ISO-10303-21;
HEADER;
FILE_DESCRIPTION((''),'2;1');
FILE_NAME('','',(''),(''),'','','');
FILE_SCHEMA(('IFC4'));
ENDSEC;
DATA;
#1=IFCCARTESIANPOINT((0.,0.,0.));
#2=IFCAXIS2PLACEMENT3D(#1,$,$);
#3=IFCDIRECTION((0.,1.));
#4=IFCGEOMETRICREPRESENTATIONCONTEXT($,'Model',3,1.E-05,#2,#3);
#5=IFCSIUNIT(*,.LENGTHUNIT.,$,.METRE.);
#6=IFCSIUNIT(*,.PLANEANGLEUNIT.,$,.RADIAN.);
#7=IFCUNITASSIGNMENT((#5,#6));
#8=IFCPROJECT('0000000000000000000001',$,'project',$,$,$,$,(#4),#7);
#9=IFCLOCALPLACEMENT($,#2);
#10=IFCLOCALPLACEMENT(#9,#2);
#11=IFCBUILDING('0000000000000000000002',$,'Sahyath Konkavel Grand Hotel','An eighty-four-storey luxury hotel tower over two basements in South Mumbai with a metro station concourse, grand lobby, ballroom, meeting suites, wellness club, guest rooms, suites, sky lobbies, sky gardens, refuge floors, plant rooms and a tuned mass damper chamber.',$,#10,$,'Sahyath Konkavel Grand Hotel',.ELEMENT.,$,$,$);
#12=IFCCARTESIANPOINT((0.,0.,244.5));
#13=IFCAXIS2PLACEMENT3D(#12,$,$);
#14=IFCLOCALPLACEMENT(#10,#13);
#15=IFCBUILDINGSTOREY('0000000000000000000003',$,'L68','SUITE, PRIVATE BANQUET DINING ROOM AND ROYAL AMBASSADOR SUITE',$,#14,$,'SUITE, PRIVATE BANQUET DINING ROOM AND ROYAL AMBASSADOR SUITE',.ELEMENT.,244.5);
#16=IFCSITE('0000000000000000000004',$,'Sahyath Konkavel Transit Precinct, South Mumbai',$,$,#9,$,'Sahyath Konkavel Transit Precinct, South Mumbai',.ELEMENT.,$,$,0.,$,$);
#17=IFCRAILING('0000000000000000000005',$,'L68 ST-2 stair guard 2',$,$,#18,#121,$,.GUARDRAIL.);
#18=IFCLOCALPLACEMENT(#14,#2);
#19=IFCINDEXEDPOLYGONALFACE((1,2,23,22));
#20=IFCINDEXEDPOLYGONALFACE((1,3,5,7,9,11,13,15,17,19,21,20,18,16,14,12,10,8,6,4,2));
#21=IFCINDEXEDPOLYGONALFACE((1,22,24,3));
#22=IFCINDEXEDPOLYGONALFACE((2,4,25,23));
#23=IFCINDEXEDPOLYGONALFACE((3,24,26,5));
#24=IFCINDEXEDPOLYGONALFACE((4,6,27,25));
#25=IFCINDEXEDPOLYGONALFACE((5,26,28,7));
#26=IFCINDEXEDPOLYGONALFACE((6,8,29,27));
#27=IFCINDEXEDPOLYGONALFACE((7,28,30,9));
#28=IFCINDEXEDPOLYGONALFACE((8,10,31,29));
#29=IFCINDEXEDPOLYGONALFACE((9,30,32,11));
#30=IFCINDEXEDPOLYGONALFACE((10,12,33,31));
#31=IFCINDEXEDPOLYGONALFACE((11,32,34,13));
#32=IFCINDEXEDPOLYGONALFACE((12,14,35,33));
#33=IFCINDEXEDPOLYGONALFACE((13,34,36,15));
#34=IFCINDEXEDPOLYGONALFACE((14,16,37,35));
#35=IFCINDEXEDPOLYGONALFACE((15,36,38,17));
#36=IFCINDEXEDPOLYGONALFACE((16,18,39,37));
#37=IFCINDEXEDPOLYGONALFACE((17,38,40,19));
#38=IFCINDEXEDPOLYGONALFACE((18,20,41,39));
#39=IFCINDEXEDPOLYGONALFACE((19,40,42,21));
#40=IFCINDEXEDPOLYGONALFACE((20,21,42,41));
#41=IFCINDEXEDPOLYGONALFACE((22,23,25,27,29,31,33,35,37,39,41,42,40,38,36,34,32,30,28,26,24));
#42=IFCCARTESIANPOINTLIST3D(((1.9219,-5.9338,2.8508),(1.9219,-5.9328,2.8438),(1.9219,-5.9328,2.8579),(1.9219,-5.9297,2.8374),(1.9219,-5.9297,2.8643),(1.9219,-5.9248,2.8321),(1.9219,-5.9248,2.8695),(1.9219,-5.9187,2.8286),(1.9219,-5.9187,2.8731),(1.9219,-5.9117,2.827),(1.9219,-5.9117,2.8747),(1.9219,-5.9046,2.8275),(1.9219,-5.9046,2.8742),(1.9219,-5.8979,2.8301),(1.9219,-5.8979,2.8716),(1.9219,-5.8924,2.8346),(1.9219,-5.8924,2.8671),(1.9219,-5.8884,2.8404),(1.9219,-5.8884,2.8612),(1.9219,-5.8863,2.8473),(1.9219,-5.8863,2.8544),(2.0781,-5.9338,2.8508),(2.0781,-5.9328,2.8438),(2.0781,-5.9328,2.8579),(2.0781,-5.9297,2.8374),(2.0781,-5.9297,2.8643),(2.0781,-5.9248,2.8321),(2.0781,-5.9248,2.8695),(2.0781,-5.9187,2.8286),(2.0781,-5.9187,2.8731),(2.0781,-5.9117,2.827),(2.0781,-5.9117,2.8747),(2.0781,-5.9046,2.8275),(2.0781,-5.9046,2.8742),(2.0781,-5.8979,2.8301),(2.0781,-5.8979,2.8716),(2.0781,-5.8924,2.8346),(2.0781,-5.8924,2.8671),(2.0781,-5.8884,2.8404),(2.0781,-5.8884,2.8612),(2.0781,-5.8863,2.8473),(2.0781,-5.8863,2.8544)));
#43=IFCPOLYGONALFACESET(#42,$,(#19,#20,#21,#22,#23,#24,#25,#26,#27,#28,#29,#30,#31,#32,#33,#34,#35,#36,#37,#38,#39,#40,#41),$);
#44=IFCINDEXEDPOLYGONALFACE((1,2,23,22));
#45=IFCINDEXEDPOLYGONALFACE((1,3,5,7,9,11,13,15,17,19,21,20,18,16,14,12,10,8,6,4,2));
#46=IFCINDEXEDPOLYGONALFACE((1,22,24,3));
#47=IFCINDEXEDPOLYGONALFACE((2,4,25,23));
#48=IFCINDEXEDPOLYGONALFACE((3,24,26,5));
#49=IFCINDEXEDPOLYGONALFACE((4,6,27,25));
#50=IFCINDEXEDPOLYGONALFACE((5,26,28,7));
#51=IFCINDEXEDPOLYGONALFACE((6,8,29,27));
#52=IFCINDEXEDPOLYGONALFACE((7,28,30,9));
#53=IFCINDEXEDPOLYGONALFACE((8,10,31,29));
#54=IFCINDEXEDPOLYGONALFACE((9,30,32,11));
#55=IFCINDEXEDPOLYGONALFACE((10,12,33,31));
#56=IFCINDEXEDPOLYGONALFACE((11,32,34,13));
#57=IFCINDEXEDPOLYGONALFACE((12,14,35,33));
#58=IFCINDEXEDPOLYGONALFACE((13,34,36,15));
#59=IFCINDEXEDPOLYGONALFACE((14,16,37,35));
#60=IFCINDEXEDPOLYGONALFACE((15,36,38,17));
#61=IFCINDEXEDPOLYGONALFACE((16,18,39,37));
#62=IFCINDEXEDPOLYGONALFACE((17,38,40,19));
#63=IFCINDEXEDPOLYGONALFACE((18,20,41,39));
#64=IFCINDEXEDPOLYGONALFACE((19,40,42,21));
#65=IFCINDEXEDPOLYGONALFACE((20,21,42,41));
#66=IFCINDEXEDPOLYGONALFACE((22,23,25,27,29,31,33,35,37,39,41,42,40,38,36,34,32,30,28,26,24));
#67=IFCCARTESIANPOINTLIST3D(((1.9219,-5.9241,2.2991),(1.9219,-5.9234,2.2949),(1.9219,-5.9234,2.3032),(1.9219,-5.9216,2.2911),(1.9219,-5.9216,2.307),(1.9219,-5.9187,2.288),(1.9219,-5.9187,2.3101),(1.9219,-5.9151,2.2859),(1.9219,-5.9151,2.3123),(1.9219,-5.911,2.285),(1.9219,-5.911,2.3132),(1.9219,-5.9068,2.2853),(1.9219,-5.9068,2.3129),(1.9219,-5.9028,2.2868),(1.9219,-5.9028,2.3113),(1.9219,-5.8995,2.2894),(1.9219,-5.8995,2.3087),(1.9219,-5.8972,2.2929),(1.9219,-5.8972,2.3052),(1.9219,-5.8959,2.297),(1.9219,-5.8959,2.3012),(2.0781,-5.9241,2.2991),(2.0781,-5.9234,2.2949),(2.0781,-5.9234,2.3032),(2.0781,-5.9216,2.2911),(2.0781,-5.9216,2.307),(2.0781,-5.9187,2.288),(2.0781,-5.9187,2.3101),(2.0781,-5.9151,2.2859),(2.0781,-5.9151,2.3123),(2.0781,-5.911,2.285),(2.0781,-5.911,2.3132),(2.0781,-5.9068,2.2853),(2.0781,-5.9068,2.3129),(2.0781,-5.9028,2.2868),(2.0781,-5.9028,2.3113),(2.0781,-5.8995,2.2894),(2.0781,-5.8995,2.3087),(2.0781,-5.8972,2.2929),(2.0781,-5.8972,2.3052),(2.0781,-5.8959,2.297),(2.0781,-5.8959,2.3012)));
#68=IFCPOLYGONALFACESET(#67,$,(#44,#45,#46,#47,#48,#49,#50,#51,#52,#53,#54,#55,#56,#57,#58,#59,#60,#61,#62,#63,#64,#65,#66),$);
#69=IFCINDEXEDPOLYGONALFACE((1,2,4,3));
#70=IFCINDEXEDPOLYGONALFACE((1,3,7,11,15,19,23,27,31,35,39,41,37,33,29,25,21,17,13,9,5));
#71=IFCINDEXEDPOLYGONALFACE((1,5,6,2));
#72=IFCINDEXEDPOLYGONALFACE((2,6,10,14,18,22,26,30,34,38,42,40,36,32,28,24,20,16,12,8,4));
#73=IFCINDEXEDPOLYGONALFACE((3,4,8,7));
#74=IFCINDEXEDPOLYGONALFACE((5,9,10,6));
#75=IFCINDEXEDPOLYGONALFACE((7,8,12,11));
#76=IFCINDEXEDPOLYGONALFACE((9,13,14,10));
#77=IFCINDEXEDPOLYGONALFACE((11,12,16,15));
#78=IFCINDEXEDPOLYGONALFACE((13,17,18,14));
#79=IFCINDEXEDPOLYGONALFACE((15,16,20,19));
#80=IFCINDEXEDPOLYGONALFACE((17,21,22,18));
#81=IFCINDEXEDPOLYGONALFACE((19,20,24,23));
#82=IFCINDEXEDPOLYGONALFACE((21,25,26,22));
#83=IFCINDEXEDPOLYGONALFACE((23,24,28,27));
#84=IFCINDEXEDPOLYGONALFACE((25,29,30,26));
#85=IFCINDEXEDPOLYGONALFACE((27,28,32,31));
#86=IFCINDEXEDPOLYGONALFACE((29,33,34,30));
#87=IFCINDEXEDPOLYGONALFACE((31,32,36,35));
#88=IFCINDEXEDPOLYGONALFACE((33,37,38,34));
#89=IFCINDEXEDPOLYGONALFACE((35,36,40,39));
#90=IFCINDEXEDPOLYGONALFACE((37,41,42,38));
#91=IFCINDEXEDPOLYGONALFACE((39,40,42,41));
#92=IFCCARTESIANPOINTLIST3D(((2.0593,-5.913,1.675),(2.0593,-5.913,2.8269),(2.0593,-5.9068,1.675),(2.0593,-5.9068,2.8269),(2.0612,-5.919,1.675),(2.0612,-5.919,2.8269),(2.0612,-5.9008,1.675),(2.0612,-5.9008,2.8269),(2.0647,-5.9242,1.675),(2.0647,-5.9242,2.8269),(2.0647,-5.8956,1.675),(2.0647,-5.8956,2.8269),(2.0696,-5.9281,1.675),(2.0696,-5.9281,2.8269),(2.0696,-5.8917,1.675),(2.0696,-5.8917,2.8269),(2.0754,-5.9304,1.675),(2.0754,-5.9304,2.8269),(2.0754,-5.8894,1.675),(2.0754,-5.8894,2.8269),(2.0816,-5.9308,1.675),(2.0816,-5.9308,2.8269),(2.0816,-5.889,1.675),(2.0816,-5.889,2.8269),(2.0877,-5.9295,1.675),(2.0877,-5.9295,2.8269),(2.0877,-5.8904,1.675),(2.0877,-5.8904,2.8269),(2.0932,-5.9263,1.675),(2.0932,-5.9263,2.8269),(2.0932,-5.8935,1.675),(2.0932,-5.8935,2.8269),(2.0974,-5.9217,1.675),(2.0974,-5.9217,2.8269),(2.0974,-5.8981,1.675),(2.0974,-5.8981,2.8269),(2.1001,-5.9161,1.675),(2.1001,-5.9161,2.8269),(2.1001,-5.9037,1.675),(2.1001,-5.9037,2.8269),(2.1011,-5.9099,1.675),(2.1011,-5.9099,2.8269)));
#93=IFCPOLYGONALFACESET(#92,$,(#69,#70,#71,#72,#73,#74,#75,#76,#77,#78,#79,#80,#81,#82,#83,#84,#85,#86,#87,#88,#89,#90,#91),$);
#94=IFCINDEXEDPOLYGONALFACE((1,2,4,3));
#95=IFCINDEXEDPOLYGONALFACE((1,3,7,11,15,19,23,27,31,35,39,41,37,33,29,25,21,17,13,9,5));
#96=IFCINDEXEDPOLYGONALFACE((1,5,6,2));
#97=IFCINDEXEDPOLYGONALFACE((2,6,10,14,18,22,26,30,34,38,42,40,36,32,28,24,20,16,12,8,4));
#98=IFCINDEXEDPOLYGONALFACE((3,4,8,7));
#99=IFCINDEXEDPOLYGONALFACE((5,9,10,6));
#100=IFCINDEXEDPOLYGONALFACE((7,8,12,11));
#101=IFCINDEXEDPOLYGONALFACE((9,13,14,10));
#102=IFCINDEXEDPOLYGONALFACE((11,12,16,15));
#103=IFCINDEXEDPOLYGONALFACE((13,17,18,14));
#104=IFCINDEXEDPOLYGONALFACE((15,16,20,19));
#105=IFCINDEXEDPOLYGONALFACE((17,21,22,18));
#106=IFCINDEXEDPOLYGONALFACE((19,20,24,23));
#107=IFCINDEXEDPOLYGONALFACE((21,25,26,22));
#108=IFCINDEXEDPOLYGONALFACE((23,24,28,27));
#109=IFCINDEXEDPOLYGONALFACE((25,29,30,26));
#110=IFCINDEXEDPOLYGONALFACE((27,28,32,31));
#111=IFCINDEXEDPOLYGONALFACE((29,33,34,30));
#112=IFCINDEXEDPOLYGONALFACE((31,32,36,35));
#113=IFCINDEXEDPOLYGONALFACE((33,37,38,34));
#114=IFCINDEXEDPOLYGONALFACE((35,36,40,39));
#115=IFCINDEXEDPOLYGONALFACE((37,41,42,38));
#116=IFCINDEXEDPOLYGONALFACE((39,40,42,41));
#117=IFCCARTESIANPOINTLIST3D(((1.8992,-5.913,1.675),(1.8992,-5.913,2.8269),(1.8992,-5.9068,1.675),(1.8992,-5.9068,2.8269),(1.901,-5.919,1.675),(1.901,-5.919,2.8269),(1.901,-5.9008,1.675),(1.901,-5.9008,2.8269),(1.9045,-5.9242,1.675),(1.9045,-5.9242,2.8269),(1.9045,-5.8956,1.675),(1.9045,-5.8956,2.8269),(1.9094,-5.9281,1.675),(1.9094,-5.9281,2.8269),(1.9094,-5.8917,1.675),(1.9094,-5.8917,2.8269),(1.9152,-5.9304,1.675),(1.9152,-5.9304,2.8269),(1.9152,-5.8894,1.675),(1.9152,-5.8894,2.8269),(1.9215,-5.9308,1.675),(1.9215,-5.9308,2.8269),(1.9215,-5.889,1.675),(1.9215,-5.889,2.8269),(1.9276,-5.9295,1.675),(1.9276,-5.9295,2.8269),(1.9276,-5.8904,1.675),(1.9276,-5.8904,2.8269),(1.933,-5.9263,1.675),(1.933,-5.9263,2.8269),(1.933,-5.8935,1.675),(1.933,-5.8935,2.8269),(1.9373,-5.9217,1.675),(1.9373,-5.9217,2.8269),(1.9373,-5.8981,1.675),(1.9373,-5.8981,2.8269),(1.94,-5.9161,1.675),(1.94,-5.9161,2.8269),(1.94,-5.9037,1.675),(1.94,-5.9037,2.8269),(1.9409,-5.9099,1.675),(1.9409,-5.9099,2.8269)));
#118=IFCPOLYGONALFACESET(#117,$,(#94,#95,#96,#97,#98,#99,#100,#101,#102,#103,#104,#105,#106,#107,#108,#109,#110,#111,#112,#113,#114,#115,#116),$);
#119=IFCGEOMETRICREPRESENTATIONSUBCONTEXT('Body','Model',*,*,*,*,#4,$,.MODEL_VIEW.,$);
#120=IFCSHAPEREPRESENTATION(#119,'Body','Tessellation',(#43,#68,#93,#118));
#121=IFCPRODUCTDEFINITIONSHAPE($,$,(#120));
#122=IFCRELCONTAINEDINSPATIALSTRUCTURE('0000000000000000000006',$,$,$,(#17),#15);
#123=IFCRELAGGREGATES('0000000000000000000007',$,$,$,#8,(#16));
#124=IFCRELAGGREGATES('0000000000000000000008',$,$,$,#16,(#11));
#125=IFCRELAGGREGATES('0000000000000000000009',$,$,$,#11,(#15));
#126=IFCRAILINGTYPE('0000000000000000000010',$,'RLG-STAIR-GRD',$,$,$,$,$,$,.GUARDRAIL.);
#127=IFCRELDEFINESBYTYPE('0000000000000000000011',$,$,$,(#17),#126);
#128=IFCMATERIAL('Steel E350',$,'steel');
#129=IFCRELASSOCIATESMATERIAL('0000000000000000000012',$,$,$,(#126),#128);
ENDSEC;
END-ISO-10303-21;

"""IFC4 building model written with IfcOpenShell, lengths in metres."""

from ifc_helpers import new_model, si_unit, direction, frame, origin, origin_2d, place, context, subcontext, project, spatial, circle, extrude, material, type_object, element, save


model = new_model("IFC4")

# Units and contexts
model_context = context("Model", 3, precision=1e-05, world=origin(), true_north=direction((0.0, 1.0)))
body_context = subcontext(model_context, "Body", "Model", "MODEL_VIEW")
ifc_project = project(units=[si_unit("LENGTHUNIT", "METRE"), si_unit("PLANEANGLEUNIT", "RADIAN")], contexts=[model_context])

# Site, building, storey
site_placement = place(None, origin())
site = spatial("IfcSite", under=ifc_project, at=site_placement, Name="Sahyath Konkavel Transit Precinct, South Mumbai", LongName="Sahyath Konkavel Transit Precinct, South Mumbai", CompositionType="ELEMENT", RefElevation=0.0)
building_placement = place(site_placement, origin())
building = spatial("IfcBuilding", under=site, at=building_placement, Name="Sahyath Konkavel Grand Hotel", Description="An eighty-four-storey luxury hotel tower over two basements in South Mumbai with a metro station concourse, grand lobby, ballroom, meeting suites, wellness club, guest rooms, suites, sky lobbies, sky gardens, refuge floors, plant rooms and a tuned mass damper chamber.", LongName="Sahyath Konkavel Grand Hotel", CompositionType="ELEMENT")
storey_placement = place(building_placement, frame((0.0, 0.0, 244.5)))
storey = spatial("IfcBuildingStorey", under=building, at=storey_placement, Name="L68", Description="SUITE, PRIVATE BANQUET DINING ROOM AND ROYAL AMBASSADOR SUITE", LongName="SUITE, PRIVATE BANQUET DINING ROOM AND ROYAL AMBASSADOR SUITE", CompositionType="ELEMENT", Elevation=244.5)

# Shared definitions
ifc_material_1 = material(Name="Steel E350", Category="steel")

# Railing
railing_type_1 = type_object("IfcRailingType", Name="RLG-STAIR-GRD", PredefinedType="GUARDRAIL", material=ifc_material_1)
railing_1_placement = place(storey_placement, frame((2.0801, -5.9099, 1.675)))
element("IfcRailing", 1, at=railing_1_placement, inside=storey, type_object=railing_type_1, Name="L68 ST-2 stair guard 2", PredefinedType="GUARDRAIL", context=body_context, shape_type="SweptSolid", body=[
    extrude(circle(Radius=0.0239, at=origin_2d()), frame((-0.002, 0.0, 1.1758), z_axis=(-1.0, 0.0, 0.0), x_axis=(0.0, -1.0, 0.0)), (0.0, 0.0, 1.0), 0.1562),
    extrude(circle(Radius=0.0142, at=origin_2d()), frame((-0.002, 0.0, 0.624), z_axis=(-1.0, 0.0, 0.0), x_axis=(0.0, -1.0, 0.0)), (0.0, 0.0, 1.0), 0.1562),
    extrude(circle(Radius=0.021, at=origin_2d()), origin(), (0.0, 0.0, 1.0), 1.1519),
    extrude(circle(Radius=0.021, at=origin_2d()), frame((-0.1602, 0.0, 0.0)), (0.0, 0.0, 1.0), 1.1519),
])

save(model, "model.ifc")
